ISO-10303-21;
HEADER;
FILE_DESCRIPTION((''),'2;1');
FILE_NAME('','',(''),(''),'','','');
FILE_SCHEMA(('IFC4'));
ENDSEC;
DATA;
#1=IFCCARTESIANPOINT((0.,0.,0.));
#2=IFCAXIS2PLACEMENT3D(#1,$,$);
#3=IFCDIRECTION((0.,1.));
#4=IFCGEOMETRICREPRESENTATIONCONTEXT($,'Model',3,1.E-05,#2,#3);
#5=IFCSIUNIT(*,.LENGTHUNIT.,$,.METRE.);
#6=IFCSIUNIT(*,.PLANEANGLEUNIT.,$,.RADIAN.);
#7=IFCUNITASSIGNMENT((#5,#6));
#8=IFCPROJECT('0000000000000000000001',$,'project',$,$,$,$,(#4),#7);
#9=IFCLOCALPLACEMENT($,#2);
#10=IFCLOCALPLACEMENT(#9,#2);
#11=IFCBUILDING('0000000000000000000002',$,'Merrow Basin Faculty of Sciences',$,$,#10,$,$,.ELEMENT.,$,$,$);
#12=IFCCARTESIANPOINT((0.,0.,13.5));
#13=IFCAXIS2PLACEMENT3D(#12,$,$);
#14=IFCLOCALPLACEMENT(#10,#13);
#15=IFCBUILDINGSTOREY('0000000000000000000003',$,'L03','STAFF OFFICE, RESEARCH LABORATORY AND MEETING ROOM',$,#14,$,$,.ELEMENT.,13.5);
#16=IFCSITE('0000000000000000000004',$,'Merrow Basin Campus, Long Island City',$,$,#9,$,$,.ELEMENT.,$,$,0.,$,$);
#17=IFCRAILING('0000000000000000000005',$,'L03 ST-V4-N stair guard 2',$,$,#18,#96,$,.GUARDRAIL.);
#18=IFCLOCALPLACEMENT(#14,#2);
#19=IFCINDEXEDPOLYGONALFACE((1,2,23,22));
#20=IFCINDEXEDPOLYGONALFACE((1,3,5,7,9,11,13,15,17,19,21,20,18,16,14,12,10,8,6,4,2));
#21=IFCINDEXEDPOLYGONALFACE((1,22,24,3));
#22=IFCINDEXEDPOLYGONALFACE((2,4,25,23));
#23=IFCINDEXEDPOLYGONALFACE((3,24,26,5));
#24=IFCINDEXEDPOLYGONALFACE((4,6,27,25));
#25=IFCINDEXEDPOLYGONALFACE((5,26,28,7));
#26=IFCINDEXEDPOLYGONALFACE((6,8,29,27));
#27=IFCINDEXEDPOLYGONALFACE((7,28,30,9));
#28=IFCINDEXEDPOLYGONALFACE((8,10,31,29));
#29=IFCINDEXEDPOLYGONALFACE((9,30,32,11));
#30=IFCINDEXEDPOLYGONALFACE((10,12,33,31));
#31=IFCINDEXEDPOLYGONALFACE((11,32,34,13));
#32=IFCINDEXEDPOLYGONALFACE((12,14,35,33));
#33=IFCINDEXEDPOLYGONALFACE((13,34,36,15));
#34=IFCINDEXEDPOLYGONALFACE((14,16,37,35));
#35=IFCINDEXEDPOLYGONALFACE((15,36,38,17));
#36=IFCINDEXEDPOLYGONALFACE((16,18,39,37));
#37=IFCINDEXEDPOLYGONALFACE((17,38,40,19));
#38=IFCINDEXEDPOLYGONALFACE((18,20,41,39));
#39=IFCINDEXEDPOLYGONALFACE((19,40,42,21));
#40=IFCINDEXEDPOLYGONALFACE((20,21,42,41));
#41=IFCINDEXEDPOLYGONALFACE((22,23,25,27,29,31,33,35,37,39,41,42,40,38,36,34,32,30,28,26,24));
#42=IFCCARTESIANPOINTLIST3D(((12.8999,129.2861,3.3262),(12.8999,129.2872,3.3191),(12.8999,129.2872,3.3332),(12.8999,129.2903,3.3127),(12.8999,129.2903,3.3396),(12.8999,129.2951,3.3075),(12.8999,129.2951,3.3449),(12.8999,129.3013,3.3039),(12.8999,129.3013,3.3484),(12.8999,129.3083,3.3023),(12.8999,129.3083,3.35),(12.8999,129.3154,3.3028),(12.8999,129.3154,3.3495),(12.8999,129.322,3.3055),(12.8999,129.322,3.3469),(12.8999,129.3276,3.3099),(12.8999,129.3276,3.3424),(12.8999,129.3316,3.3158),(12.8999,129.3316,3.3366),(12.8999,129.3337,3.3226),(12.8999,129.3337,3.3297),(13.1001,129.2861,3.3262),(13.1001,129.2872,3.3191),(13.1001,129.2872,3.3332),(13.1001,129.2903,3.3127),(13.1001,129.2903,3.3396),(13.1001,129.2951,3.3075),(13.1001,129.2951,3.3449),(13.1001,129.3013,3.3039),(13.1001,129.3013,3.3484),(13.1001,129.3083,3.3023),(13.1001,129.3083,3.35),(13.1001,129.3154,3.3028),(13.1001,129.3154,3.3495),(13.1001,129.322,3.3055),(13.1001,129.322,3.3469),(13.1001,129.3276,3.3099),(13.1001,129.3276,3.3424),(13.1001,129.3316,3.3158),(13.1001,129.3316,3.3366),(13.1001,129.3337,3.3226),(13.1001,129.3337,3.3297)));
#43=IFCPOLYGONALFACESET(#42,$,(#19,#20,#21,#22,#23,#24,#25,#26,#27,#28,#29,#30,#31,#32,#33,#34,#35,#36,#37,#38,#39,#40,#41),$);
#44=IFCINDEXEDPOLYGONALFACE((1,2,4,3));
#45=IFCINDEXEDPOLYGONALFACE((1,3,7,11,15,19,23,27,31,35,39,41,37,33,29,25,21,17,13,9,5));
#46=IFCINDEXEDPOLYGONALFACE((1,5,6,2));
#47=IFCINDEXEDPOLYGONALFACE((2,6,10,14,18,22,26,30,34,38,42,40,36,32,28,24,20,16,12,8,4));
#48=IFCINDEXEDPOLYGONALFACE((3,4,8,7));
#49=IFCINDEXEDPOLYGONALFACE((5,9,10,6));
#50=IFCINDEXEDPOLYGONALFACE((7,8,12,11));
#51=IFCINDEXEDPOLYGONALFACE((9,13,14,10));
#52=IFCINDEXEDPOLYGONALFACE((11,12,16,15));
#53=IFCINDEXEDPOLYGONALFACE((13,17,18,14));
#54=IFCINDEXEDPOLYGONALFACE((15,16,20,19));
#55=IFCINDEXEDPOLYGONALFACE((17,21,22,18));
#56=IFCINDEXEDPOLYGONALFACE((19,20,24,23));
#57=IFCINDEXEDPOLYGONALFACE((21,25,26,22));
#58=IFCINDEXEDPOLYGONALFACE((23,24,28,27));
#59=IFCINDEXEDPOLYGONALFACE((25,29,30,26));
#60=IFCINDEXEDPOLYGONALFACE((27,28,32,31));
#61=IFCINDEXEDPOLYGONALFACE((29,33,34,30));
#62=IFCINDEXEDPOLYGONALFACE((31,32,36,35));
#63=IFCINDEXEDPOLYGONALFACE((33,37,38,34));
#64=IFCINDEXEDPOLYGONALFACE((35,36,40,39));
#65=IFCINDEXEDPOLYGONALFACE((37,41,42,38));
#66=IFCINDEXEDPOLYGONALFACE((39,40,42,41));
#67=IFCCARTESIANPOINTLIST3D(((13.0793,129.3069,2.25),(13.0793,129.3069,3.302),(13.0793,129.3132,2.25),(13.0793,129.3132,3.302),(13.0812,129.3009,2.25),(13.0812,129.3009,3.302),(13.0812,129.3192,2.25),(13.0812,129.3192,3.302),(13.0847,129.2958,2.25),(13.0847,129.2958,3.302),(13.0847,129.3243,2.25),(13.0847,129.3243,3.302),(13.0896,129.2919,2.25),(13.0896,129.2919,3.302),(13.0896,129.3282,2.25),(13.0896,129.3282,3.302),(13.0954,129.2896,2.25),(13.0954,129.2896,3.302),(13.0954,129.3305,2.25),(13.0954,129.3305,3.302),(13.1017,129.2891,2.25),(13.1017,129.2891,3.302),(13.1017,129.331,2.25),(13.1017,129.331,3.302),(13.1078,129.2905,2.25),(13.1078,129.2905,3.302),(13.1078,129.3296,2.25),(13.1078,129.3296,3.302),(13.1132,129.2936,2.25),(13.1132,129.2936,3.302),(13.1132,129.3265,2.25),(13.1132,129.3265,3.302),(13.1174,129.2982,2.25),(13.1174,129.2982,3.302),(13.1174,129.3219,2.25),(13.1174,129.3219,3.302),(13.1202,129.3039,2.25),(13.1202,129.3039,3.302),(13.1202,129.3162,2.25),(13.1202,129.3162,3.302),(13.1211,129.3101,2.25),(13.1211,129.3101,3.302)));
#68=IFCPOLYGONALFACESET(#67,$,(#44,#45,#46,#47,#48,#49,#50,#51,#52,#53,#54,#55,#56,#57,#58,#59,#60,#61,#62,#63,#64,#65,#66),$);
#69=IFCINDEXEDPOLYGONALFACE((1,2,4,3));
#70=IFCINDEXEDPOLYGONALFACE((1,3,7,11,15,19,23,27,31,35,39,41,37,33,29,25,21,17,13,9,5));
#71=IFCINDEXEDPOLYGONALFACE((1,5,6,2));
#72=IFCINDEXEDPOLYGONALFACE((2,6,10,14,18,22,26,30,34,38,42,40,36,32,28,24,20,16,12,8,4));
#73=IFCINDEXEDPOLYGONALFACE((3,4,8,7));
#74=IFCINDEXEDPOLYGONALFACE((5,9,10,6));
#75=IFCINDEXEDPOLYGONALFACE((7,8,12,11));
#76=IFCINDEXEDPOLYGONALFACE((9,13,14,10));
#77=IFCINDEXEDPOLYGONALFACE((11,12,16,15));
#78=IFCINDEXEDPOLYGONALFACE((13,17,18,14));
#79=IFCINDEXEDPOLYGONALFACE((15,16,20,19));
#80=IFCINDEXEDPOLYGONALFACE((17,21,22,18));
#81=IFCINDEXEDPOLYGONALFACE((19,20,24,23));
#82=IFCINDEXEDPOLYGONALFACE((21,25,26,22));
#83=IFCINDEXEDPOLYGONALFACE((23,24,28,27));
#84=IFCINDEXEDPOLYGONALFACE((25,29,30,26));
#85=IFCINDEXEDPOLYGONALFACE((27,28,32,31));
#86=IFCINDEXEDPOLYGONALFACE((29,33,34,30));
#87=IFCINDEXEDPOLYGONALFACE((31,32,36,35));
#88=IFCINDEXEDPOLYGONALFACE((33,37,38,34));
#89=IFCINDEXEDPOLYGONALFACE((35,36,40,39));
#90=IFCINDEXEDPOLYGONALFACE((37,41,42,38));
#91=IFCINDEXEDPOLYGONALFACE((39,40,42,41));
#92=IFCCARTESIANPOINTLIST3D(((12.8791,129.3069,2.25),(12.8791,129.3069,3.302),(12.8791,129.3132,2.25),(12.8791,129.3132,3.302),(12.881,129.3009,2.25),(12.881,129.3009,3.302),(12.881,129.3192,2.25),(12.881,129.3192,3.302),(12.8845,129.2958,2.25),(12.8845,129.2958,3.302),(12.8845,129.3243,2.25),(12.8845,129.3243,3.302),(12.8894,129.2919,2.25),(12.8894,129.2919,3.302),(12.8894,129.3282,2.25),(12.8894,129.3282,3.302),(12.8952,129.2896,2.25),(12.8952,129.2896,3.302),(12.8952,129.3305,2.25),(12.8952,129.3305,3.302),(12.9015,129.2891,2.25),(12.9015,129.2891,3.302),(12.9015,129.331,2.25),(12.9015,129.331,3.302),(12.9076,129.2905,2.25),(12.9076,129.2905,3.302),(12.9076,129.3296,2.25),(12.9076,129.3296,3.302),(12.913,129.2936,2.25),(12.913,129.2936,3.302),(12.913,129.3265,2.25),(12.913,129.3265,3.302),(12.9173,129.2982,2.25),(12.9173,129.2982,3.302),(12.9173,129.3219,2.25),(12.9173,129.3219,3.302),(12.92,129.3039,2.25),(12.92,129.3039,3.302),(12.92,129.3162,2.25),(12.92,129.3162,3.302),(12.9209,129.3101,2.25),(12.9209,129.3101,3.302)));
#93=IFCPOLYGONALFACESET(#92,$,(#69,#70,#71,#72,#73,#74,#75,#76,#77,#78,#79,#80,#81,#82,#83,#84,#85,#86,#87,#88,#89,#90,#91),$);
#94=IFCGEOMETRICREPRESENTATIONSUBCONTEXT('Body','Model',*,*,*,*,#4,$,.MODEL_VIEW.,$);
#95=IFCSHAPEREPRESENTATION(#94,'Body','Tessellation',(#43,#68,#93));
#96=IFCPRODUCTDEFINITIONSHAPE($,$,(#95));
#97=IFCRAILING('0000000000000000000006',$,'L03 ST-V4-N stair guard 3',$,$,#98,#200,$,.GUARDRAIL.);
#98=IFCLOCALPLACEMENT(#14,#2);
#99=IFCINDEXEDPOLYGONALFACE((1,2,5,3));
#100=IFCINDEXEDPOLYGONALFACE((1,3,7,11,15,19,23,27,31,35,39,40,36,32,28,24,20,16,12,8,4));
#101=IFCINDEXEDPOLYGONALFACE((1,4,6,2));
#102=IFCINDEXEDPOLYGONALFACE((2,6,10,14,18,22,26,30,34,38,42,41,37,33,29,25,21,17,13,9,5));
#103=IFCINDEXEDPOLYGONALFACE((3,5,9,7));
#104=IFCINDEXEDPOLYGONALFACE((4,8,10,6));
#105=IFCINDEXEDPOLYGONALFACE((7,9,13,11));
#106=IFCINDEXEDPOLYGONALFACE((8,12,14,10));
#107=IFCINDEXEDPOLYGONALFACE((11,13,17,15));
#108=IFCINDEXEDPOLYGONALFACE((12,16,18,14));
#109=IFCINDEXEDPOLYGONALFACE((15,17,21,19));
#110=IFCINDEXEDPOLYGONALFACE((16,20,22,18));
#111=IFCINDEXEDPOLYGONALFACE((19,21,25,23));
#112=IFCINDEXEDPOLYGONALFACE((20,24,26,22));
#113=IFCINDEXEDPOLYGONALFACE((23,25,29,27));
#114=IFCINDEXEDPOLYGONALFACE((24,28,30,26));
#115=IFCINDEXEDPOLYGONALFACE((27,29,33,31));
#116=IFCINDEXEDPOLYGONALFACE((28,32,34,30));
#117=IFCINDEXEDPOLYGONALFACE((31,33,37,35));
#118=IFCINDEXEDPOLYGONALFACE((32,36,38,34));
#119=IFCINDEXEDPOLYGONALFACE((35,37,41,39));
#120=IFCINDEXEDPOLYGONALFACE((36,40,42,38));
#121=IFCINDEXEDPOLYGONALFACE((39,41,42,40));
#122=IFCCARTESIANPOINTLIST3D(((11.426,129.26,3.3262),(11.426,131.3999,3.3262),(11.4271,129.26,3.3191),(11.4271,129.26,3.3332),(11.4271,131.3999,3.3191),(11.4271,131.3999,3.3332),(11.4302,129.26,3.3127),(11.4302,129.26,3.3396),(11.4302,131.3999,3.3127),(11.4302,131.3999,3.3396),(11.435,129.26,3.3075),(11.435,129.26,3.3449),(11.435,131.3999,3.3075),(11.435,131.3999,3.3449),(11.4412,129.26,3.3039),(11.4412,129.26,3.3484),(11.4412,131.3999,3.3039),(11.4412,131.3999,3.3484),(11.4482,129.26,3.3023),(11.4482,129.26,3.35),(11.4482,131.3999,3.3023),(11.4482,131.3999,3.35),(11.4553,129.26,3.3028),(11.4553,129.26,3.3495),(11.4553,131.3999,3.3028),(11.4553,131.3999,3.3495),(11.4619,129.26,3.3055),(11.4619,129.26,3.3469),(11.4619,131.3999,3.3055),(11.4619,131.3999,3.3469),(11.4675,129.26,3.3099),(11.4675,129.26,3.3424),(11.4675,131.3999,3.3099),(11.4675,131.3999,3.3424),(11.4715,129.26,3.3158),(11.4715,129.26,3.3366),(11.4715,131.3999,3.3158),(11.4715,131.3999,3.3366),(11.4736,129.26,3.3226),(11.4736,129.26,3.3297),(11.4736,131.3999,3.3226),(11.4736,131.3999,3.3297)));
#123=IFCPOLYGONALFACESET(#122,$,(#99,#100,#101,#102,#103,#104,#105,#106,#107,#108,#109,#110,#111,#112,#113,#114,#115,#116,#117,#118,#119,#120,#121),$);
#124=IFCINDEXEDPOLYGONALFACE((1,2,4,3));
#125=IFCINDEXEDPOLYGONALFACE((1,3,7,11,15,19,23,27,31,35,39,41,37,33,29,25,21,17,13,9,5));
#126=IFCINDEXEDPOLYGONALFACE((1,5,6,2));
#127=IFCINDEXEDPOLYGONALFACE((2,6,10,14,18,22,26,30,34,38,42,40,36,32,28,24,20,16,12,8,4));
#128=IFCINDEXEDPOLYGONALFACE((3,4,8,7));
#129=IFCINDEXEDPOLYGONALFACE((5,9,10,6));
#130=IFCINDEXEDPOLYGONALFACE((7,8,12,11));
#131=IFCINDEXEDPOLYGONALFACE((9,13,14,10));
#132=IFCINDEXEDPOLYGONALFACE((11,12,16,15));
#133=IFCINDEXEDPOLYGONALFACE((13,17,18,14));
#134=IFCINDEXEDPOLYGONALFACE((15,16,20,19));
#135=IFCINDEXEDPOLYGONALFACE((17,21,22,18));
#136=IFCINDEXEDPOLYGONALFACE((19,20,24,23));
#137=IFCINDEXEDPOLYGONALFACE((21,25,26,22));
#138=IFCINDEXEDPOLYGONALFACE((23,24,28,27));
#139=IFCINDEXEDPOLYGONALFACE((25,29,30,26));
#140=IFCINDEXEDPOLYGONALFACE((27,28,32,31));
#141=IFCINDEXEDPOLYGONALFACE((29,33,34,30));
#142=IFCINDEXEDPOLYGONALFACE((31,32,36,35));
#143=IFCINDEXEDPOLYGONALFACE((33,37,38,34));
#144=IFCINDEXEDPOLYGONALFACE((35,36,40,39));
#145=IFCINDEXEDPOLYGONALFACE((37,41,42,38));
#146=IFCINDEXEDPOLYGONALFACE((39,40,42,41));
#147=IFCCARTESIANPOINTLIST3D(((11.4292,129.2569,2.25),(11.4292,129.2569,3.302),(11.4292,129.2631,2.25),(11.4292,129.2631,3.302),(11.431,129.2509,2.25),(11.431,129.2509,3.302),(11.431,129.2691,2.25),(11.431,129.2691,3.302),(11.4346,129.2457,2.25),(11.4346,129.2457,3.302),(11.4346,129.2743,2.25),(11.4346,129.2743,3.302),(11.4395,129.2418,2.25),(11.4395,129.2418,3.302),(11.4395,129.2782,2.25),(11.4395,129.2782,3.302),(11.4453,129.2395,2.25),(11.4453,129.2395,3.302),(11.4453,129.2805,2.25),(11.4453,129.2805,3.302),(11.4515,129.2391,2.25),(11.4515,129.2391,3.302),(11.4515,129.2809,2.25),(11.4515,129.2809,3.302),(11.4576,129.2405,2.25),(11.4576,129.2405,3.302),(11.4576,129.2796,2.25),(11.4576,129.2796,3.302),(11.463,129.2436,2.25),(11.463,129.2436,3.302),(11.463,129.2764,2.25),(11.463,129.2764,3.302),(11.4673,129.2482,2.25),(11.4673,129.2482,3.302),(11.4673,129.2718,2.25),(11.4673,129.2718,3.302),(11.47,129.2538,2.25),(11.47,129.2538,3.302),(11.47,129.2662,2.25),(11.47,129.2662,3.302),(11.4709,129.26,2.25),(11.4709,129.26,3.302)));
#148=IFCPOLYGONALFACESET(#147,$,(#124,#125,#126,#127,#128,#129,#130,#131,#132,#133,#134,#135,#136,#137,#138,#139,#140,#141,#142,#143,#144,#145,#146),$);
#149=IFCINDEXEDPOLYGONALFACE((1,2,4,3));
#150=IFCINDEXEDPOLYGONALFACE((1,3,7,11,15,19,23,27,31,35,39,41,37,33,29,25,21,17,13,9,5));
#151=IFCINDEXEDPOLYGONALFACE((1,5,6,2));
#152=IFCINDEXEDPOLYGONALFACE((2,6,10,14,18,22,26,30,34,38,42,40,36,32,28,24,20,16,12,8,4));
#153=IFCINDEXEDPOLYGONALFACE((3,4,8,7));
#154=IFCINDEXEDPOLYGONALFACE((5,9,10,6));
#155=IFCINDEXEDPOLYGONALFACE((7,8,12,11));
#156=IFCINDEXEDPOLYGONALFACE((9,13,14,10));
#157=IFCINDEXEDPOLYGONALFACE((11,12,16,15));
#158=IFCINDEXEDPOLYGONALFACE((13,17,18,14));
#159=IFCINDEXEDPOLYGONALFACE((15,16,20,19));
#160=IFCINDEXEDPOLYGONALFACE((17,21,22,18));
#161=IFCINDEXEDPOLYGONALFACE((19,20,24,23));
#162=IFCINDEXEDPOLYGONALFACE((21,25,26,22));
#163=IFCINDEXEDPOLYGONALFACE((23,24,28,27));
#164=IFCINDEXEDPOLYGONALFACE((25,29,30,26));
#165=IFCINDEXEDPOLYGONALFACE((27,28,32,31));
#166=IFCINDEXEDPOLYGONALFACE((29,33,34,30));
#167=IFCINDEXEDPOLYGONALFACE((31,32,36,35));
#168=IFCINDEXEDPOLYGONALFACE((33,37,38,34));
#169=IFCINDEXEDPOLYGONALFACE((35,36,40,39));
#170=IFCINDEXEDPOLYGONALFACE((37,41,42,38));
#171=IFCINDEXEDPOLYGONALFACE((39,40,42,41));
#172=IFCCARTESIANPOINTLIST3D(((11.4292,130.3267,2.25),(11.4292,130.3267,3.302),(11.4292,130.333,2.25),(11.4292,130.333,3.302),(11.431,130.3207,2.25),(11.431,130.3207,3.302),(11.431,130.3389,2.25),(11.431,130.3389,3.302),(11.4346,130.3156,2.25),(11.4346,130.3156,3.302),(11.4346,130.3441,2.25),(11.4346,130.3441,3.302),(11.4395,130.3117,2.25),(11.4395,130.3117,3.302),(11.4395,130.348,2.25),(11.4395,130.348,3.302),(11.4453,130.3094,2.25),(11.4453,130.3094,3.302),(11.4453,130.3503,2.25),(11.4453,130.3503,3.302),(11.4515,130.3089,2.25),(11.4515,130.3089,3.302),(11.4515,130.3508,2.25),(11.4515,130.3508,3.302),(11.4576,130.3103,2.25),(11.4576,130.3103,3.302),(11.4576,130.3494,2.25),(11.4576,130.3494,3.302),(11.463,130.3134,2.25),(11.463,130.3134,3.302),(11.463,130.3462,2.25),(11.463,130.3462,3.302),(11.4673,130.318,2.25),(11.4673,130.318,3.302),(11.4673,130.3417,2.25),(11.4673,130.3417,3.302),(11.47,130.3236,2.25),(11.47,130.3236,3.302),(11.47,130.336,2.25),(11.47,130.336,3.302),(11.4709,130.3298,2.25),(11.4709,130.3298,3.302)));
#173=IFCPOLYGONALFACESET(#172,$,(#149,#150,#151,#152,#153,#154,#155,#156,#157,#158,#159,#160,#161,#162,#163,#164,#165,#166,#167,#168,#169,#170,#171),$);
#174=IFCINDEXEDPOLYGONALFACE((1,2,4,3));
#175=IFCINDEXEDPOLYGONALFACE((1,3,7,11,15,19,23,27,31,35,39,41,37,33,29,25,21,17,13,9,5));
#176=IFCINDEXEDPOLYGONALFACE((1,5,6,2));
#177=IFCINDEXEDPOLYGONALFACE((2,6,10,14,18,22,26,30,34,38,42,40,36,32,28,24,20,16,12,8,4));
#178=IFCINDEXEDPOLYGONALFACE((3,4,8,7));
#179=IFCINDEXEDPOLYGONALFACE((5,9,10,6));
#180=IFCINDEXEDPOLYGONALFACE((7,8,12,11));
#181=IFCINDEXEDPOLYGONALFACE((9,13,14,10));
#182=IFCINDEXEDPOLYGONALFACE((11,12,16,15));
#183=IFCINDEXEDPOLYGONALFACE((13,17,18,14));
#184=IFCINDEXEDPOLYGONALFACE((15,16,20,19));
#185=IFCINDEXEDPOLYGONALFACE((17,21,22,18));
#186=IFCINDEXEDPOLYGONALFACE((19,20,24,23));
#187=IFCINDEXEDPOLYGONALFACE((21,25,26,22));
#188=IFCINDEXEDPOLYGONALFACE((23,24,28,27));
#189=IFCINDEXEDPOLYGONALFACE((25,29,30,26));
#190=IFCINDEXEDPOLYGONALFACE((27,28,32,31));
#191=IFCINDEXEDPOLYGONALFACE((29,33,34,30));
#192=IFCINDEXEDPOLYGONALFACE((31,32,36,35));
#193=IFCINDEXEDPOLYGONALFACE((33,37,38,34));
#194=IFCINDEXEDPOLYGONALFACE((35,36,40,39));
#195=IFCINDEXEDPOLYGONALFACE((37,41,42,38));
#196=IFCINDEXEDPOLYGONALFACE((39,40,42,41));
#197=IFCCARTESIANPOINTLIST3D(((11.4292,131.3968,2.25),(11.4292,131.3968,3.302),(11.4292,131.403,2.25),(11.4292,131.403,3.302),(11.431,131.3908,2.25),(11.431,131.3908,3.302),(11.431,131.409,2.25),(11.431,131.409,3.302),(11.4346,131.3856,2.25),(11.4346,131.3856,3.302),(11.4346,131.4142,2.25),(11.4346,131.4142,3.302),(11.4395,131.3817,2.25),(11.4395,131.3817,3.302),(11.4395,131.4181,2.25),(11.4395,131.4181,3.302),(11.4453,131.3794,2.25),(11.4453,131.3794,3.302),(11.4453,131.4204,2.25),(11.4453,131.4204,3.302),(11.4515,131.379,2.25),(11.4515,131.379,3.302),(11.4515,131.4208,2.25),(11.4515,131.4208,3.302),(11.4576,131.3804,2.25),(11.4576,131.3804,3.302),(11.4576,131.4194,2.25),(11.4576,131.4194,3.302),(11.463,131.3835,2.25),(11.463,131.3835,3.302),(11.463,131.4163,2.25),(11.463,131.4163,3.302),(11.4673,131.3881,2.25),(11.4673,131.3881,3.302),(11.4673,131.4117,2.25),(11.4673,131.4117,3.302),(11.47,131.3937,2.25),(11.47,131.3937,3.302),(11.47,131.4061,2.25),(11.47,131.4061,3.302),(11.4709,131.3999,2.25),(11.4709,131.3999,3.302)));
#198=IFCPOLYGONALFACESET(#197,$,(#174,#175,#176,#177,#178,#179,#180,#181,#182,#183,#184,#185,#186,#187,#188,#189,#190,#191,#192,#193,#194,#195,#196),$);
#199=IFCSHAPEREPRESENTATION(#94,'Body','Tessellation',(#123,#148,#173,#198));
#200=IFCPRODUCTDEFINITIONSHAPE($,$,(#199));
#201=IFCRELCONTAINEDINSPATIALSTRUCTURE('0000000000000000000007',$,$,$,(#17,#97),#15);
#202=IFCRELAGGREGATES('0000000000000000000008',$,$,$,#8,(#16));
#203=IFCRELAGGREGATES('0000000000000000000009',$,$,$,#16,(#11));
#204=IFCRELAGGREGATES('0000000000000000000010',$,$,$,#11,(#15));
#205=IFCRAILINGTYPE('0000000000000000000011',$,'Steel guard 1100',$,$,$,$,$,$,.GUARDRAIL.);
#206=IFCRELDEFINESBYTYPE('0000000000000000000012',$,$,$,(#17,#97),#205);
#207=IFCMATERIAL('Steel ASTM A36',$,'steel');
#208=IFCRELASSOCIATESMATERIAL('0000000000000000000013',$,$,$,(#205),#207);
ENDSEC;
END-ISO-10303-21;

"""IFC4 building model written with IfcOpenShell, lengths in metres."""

from ifc_helpers import new_model, si_unit, direction, frame, origin, origin_2d, place, context, subcontext, project, spatial, circle, extrude, material, type_object, element, save


model = new_model("IFC4")

# Units and contexts
model_context = context("Model", 3, precision=1e-05, world=origin(), true_north=direction((0.0, 1.0)))
body_context = subcontext(model_context, "Body", "Model", "MODEL_VIEW")
ifc_project = project(units=[si_unit("LENGTHUNIT", "METRE"), si_unit("PLANEANGLEUNIT", "RADIAN")], contexts=[model_context])

# Site, building, storey
site_placement = place(None, origin())
site = spatial("IfcSite", under=ifc_project, at=site_placement, Name="Merrow Basin Campus, Long Island City", CompositionType="ELEMENT", RefElevation=0.0)
building_placement = place(site_placement, origin())
building = spatial("IfcBuilding", under=site, at=building_placement, Name="Merrow Basin Faculty of Sciences", CompositionType="ELEMENT")
storey_placement = place(building_placement, frame((0.0, 0.0, 13.5)))
storey = spatial("IfcBuildingStorey", under=building, at=storey_placement, Name="L03", Description="STAFF OFFICE, RESEARCH LABORATORY AND MEETING ROOM", CompositionType="ELEMENT", Elevation=13.5)

# Railings
ifc_material_1 = material(Name="Steel ASTM A36", Category="steel")
railing_type_1 = type_object("IfcRailingType", Name="Steel guard 1100", PredefinedType="GUARDRAIL", material=ifc_material_1)
railing_1_placement = place(storey_placement, frame((13.1001, 129.3101, 2.25)))
element("IfcRailing", 1, at=railing_1_placement, inside=storey, type_object=railing_type_1, Name="L03 ST-V4-N stair guard 2", PredefinedType="GUARDRAIL", context=body_context, shape_type="SweptSolid", body=[
    extrude(circle(Radius=0.0239, at=origin_2d()), frame((0.0, 0.0, 1.0762), z_axis=(-1.0, 0.0, 0.0), x_axis=(0.0, -1.0, 0.0)), (0.0, 0.0, 1.0), 0.2002),
    extrude(circle(Radius=0.021, at=origin_2d()), origin(), (0.0, 0.0, 1.0), 1.052),
    extrude(circle(Radius=0.021, at=origin_2d()), frame((-0.2002, 0.0, 0.0)), (0.0, 0.0, 1.0), 1.052),
])
railing_2_placement = place(storey_placement, frame((11.45, 129.26, 2.25)))
element("IfcRailing", 2, at=railing_2_placement, inside=storey, type_object=railing_type_1, Name="L03 ST-V4-N stair guard 3", PredefinedType="GUARDRAIL", context=body_context, shape_type="SweptSolid", body=[
    extrude(circle(Radius=0.0239, at=origin_2d()), frame((0.0, 0.0, 1.0762), z_axis=(0.0, 1.0, 0.0), x_axis=(-1.0, 0.0, 0.0)), (0.0, 0.0, 1.0), 2.1399),
    extrude(circle(Radius=0.021, at=origin_2d()), origin(), (0.0, 0.0, 1.0), 1.052),
    extrude(circle(Radius=0.021, at=origin_2d()), frame((0.0, 1.0698, 0.0)), (0.0, 0.0, 1.0), 1.052),
    extrude(circle(Radius=0.021, at=origin_2d()), frame((0.0, 2.1399, 0.0)), (0.0, 0.0, 1.0), 1.052),
])

save(model, "model.ifc")
